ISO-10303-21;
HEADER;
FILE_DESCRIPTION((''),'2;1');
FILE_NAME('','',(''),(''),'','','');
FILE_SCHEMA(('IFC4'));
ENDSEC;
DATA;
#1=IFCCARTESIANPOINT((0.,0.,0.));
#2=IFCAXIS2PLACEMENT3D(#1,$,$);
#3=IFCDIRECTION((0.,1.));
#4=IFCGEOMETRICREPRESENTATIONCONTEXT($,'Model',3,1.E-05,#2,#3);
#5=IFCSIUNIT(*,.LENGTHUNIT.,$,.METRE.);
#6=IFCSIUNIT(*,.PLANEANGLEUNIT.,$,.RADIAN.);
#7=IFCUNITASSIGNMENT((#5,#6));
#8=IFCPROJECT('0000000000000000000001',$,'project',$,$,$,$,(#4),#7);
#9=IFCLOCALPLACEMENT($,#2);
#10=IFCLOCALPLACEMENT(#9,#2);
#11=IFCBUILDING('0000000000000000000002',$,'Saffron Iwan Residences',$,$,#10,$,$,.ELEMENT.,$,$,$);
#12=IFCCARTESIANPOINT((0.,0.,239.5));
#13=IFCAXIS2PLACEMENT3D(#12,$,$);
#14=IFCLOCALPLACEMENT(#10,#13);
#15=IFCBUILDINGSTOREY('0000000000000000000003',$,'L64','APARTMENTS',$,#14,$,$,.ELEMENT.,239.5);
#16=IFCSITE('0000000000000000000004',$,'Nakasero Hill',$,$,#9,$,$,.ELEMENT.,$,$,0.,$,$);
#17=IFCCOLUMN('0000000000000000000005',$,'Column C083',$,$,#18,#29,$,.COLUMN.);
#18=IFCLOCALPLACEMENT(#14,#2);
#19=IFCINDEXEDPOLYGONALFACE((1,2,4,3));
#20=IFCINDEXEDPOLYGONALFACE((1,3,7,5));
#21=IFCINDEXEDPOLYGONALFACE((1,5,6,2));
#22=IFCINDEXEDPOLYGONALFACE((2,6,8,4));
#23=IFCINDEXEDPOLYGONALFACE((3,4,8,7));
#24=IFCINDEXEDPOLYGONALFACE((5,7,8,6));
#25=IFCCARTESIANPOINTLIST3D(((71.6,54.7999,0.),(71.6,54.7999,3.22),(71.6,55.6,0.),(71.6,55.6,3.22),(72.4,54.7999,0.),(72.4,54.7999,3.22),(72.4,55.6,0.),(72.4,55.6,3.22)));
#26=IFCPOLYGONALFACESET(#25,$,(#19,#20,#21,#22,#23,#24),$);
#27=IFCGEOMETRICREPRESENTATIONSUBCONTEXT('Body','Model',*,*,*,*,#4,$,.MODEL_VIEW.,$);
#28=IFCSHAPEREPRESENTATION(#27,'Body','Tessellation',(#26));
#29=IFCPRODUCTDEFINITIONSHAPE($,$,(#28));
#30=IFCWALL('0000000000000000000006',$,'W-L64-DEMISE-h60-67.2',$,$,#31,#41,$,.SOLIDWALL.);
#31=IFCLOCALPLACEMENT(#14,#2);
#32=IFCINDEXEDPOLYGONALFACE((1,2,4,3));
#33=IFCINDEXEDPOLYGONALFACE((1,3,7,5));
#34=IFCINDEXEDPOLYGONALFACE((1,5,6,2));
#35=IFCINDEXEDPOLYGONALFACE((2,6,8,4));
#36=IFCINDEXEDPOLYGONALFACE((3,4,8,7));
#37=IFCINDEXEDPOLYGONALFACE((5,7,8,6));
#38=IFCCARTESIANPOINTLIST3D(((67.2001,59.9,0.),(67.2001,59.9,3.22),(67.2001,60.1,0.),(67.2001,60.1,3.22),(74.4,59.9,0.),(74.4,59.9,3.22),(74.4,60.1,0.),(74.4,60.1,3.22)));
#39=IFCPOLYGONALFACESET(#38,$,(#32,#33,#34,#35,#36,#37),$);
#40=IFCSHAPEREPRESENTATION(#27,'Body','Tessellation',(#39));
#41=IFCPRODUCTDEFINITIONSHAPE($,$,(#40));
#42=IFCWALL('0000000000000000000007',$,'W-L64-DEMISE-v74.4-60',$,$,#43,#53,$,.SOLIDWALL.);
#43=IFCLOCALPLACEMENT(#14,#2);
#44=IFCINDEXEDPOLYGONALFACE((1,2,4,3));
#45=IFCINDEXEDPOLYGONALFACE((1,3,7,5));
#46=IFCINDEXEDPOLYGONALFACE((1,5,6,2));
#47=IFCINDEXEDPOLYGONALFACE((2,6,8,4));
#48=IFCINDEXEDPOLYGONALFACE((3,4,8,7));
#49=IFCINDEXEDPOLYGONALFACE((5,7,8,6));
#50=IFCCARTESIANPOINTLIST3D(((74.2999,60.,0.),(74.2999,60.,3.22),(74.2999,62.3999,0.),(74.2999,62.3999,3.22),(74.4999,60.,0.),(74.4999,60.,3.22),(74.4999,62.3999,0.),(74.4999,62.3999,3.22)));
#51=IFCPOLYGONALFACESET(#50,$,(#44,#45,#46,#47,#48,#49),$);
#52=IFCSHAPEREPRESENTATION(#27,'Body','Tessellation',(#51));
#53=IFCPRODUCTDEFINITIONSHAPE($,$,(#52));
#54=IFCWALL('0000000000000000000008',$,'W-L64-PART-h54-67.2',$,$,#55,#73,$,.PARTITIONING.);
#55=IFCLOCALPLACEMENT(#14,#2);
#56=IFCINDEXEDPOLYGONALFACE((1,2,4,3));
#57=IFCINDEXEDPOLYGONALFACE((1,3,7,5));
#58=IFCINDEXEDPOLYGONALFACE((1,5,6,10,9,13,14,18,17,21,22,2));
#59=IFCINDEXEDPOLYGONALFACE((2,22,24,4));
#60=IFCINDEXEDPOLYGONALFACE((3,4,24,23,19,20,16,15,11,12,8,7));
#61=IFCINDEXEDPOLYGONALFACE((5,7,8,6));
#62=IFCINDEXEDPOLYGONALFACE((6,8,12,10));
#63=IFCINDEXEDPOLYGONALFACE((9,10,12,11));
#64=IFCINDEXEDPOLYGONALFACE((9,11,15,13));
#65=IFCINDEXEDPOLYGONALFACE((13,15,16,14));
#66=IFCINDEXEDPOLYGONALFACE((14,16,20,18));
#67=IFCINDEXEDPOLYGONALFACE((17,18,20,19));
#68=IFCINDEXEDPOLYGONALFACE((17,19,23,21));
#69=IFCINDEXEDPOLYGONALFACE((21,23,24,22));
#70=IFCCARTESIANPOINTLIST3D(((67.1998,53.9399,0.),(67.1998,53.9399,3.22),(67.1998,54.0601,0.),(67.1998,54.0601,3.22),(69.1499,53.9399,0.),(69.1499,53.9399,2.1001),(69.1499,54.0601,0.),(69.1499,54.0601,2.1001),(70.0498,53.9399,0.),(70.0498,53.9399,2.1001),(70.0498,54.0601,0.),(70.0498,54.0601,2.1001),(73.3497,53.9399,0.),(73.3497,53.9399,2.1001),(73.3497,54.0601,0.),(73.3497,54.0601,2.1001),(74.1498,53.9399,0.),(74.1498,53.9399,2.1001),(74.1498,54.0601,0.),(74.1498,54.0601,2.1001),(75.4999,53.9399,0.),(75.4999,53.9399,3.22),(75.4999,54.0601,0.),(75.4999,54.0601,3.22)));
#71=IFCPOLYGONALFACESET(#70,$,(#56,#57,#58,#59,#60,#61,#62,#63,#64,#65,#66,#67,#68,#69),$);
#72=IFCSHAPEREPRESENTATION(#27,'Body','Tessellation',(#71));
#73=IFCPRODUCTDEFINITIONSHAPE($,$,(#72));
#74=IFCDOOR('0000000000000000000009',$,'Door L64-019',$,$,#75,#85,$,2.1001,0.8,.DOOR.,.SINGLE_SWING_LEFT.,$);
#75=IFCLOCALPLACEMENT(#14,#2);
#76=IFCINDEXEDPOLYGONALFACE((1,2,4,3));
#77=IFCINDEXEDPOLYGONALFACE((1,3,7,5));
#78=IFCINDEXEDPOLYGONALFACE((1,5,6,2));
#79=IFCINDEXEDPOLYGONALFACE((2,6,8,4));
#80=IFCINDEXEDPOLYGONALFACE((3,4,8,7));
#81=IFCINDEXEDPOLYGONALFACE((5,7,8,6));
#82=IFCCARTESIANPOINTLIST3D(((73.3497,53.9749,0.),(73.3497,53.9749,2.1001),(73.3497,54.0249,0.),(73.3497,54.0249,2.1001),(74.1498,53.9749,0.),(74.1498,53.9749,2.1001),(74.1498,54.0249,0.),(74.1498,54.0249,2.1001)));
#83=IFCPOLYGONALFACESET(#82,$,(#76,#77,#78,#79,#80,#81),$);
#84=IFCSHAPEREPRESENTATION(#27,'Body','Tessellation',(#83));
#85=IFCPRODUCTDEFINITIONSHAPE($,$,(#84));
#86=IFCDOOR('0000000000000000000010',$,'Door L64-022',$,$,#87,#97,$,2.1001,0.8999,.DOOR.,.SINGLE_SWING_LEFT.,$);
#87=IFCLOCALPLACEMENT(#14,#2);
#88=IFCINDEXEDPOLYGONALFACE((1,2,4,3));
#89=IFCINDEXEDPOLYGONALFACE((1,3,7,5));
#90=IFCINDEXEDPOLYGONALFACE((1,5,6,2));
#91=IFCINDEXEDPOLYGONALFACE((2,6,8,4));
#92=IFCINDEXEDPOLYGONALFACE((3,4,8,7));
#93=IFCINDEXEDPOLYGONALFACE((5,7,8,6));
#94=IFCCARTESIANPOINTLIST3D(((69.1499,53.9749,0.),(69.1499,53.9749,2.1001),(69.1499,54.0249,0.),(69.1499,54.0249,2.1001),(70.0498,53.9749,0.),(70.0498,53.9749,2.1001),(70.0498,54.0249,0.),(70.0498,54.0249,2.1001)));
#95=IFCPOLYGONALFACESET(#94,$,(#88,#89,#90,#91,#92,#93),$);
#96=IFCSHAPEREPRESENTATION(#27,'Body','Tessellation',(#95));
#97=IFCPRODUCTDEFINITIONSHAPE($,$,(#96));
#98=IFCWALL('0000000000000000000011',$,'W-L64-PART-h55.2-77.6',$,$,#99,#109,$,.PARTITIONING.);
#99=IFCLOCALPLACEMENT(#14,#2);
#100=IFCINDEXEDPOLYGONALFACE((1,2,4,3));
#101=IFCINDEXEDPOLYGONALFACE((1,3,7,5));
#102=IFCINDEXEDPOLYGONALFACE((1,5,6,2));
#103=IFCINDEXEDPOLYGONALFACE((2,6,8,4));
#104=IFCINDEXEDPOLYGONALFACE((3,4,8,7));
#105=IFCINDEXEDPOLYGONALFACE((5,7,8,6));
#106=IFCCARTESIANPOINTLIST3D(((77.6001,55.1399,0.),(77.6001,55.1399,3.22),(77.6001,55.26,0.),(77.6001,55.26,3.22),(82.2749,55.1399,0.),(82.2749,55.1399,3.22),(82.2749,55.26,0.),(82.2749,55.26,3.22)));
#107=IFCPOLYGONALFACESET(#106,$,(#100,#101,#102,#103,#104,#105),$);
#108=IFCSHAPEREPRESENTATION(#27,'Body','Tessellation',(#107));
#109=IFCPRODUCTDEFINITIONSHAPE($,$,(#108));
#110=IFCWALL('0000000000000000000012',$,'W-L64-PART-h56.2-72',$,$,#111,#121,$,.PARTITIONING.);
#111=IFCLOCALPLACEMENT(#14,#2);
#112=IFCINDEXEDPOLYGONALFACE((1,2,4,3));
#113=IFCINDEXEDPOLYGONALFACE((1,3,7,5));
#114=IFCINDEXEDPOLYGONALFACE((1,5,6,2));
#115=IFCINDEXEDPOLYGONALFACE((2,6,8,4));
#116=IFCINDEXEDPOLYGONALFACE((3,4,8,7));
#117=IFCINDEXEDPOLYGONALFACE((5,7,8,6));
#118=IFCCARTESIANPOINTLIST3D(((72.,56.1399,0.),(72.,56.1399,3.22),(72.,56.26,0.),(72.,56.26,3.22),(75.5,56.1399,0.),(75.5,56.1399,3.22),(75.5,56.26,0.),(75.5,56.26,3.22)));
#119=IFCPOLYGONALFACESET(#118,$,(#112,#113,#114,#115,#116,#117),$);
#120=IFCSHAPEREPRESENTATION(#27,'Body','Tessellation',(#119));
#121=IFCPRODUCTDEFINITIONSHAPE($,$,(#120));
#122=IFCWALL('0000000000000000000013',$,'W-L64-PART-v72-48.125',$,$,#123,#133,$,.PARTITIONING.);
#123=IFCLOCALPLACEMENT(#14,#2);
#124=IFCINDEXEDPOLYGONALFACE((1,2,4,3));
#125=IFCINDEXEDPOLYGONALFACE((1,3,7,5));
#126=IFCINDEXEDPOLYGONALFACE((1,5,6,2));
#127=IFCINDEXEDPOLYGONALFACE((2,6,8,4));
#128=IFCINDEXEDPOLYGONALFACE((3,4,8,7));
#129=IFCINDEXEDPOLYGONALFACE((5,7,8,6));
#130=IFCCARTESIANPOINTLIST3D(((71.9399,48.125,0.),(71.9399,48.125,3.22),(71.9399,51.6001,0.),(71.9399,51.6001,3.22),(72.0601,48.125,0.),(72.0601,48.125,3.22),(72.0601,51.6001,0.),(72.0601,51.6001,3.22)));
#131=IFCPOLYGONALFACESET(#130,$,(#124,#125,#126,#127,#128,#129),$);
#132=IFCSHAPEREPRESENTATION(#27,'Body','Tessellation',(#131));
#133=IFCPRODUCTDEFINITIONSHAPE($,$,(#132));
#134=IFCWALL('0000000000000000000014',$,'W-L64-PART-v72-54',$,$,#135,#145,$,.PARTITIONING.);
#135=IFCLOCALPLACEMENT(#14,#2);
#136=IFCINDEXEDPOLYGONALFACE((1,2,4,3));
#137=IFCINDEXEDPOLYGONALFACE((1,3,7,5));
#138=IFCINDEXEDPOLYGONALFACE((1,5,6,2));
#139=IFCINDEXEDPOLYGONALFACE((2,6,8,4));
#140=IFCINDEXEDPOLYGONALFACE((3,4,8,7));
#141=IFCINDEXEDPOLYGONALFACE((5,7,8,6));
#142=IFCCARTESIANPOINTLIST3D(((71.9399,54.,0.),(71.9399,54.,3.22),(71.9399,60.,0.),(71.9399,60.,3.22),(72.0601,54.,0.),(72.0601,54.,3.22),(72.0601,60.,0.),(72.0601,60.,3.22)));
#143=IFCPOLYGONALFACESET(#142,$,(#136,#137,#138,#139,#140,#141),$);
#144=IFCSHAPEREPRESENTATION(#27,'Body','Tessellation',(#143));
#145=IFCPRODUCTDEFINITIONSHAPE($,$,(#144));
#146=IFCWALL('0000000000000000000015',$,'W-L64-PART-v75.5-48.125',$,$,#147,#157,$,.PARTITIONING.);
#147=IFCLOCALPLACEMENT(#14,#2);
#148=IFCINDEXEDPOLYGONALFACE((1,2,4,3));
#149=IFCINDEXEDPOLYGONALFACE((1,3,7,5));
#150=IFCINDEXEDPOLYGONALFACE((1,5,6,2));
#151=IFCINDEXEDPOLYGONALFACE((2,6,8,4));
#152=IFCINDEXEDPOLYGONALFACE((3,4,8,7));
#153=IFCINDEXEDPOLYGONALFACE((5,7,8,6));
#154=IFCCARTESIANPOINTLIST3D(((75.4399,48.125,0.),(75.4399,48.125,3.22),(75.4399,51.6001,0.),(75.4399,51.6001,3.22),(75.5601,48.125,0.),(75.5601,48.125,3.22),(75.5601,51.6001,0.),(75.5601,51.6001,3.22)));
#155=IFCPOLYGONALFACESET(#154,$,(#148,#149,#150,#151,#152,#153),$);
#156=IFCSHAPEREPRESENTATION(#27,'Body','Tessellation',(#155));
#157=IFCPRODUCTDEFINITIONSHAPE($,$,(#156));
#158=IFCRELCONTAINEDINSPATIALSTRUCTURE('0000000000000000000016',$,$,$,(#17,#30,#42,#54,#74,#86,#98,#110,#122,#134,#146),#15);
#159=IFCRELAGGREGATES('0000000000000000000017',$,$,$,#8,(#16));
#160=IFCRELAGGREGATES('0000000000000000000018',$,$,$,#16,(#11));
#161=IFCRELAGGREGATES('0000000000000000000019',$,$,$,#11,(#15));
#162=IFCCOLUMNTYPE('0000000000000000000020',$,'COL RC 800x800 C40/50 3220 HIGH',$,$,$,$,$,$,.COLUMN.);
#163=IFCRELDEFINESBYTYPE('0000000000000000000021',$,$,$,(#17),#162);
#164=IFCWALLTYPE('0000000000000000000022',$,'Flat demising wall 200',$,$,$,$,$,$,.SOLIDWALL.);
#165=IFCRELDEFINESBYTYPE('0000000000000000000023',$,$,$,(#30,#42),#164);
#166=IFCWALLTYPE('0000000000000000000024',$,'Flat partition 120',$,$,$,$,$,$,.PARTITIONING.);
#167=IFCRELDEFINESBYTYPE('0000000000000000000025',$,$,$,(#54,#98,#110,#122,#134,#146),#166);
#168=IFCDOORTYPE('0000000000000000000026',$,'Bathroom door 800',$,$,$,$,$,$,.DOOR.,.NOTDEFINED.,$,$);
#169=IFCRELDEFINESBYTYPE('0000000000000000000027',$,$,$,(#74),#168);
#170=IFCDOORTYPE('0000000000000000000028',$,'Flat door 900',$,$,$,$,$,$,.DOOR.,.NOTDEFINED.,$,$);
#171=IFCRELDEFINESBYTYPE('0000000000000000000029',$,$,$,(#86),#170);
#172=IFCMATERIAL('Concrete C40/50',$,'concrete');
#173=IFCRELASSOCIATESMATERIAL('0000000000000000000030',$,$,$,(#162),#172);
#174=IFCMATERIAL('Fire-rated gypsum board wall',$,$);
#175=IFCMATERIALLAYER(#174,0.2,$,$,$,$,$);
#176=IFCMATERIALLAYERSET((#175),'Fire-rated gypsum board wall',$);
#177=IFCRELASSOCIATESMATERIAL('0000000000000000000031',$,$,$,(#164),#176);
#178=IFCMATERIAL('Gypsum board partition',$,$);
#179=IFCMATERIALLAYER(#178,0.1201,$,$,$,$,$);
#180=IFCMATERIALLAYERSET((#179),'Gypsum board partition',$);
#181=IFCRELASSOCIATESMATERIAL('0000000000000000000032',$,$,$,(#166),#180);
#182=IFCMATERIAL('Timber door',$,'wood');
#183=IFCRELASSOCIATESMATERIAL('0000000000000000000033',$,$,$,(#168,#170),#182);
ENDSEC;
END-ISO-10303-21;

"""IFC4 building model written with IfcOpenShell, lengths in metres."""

from ifc_helpers import new_model, si_unit, direction, frame, frame_2d, origin, origin_2d, place, context, subcontext, project, spatial, rectangle, extrude, source, transform, mapped, material, layer, layer_set, material_profile, profile_set, type_object, element, fill, save


model = new_model("IFC4")

# Units and contexts
model_context = context("Model", 3, precision=1e-05, world=origin(), true_north=direction((0.0, 1.0)))
body_context = subcontext(model_context, "Body", "Model", "MODEL_VIEW")
ifc_project = project(units=[si_unit("LENGTHUNIT", "METRE"), si_unit("PLANEANGLEUNIT", "RADIAN")], contexts=[model_context])

# Site, building, storey
site_placement = place(None, origin())
site = spatial("IfcSite", under=ifc_project, at=site_placement, Name="Nakasero Hill", CompositionType="ELEMENT", RefElevation=0.0)
building_placement = place(site_placement, origin())
building = spatial("IfcBuilding", under=site, at=building_placement, Name="Saffron Iwan Residences", CompositionType="ELEMENT")
storey_placement = place(building_placement, frame((0.0, 0.0, 239.5)))
storey = spatial("IfcBuildingStorey", under=building, at=storey_placement, Name="L64", Description="APARTMENTS", CompositionType="ELEMENT", Elevation=239.5)

# Column
ifc_material_1 = material(Name="Concrete C40/50", Category="concrete")
ifc_material_profile = material_profile(ifc_material_1, rectangle(XDim=0.8, YDim=0.8, at=origin_2d()), Name="RC 800x800")
ifc_profile_set = profile_set([ifc_material_profile], Name="Concrete C40/50")
column_type = type_object("IfcColumnType", Name="COL RC 800x800 C40/50 3220 HIGH", PredefinedType="COLUMN", material=ifc_profile_set)
shared_shape = source(origin(), body_context, "Body", "SweptSolid", [
    extrude(rectangle(XDim=0.8, YDim=0.8, at=origin_2d()), origin(), (0.0, 0.0, 1.0), 3.22),
])
column_placement = place(storey_placement, frame((72.0, 55.2, 0.0), z_axis=(0.0, 0.0, 1.0), x_axis=(1.0, 0.0, 0.0)))
element("IfcColumn", 1, at=column_placement, inside=storey, type_object=column_type, Name="Column C083", PredefinedType="COLUMN", context=body_context, shape_type="MappedRepresentation", body=[
    mapped(shared_shape, transform((0.0, 0.0, 0.0))),
])

# Walls
ifc_material_2 = material(Name="Fire-rated gypsum board wall")
ifc_layer_1 = layer(ifc_material_2, 0.2)
ifc_layer_set_1 = layer_set([ifc_layer_1], Name="Fire-rated gypsum board wall")
wall_type_1 = type_object("IfcWallType", Name="Flat demising wall 200", PredefinedType="SOLIDWALL", material=ifc_layer_set_1)
wall_1_placement = place(storey_placement, frame((67.2, 60.0, 0.0), z_axis=(0.0, 0.0, 1.0), x_axis=(1.0, 0.0, 0.0)))
element("IfcWall", 2, at=wall_1_placement, inside=storey, type_object=wall_type_1, Name="W-L64-DEMISE-h60-67.2", PredefinedType="SOLIDWALL", context=body_context, shape_type="SweptSolid", body=[
    extrude(rectangle(XDim=7.2, YDim=0.2, at=frame_2d((3.6001, 0.0))), origin(), (0.0, 0.0, 1.0), 3.22),
])
wall_2_placement = place(storey_placement, frame((74.3999, 60.0, 0.0), z_axis=(0.0, 0.0, 1.0), x_axis=(0.0, 1.0, 0.0)))
element("IfcWall", 3, at=wall_2_placement, inside=storey, type_object=wall_type_1, Name="W-L64-DEMISE-v74.4-60", PredefinedType="SOLIDWALL", context=body_context, shape_type="SweptSolid", body=[
    extrude(rectangle(XDim=2.3999, YDim=0.2, at=frame_2d((1.2, 0.0))), origin(), (0.0, 0.0, 1.0), 3.22),
])

# Wall, openings, doors
ifc_material_3 = material(Name="Gypsum board partition")
ifc_layer_2 = layer(ifc_material_3, 0.1201)
ifc_layer_set_2 = layer_set([ifc_layer_2], Name="Gypsum board partition")
wall_type_2 = type_object("IfcWallType", Name="Flat partition 120", PredefinedType="PARTITIONING", material=ifc_layer_set_2)
wall_3_placement = place(storey_placement, frame((67.2, 54.0, 0.0), z_axis=(0.0, 0.0, 1.0), x_axis=(1.0, 0.0, 0.0)))
wall_3 = element("IfcWall", 4, at=wall_3_placement, inside=storey, type_object=wall_type_2, Name="W-L64-PART-h54-67.2", PredefinedType="PARTITIONING", context=body_context, shape_type="SweptSolid", body=[
    extrude(rectangle(XDim=8.3, YDim=0.1201, at=frame_2d((4.1499, 0.0))), origin(), (0.0, 0.0, 1.0), 3.22),
])
opening_1_placement = place(wall_3_placement, frame((6.1499, 0.0, 0.0)))
opening_1 = element("IfcOpeningElement", 5, at=opening_1_placement, cuts=wall_3, PredefinedType="OPENING", context=body_context, shape_type="SweptSolid", body=[
    extrude(rectangle(XDim=0.8, YDim=2.1001, at=frame_2d((0.3999, 1.05))), frame((0.0, 0.0701, 0.0), z_axis=(0.0, -1.0, 0.0), x_axis=(1.0, 0.0, 0.0)), (0.0, 0.0, 1.0), 0.1401),
])
opening_2_placement = place(wall_3_placement, frame((1.95, 0.0, 0.0)))
opening_2 = element("IfcOpeningElement", 6, at=opening_2_placement, cuts=wall_3, PredefinedType="OPENING", context=body_context, shape_type="SweptSolid", body=[
    extrude(rectangle(XDim=0.8999, YDim=2.1001, at=frame_2d((0.45, 1.05))), frame((0.0, 0.0701, 0.0), z_axis=(0.0, -1.0, 0.0), x_axis=(1.0, 0.0, 0.0)), (0.0, 0.0, 1.0), 0.1401),
])
ifc_material_4 = material(Name="Timber door", Category="wood")
door_type_1 = type_object("IfcDoorType", Name="Bathroom door 800", OperationType="NOTDEFINED", PredefinedType="DOOR", material=ifc_material_4)
door_1_placement = place(opening_1_placement, origin())
door_1 = element("IfcDoor", 7, at=door_1_placement, inside=storey, type_object=door_type_1, Name="Door L64-019", OperationType="SINGLE_SWING_LEFT", OverallHeight=2.1001, OverallWidth=0.8, PredefinedType="DOOR", context=body_context, shape_type="SweptSolid", body=[
    extrude(rectangle(XDim=0.8, YDim=2.1001, at=frame_2d((0.3999, 1.05))), frame((0.0, 0.0249, 0.0), z_axis=(0.0, -1.0, 0.0), x_axis=(1.0, 0.0, 0.0)), (0.0, 0.0, 1.0), 0.05),
])
fill(opening_1, door_1)
door_type_2 = type_object("IfcDoorType", Name="Flat door 900", OperationType="NOTDEFINED", PredefinedType="DOOR", material=ifc_material_4)
door_2_placement = place(opening_2_placement, origin())
door_2 = element("IfcDoor", 8, at=door_2_placement, inside=storey, type_object=door_type_2, Name="Door L64-022", OperationType="SINGLE_SWING_LEFT", OverallHeight=2.1001, OverallWidth=0.8999, PredefinedType="DOOR", context=body_context, shape_type="SweptSolid", body=[
    extrude(rectangle(XDim=0.8999, YDim=2.1001, at=frame_2d((0.45, 1.05))), frame((0.0, 0.0249, 0.0), z_axis=(0.0, -1.0, 0.0), x_axis=(1.0, 0.0, 0.0)), (0.0, 0.0, 1.0), 0.05),
])
fill(opening_2, door_2)

# Walls
wall_4_placement = place(storey_placement, frame((77.6001, 55.2, 0.0), z_axis=(0.0, 0.0, 1.0), x_axis=(1.0, 0.0, 0.0)))
element("IfcWall", 9, at=wall_4_placement, inside=storey, type_object=wall_type_2, Name="W-L64-PART-h55.2-77.6", PredefinedType="PARTITIONING", context=body_context, shape_type="SweptSolid", body=[
    extrude(rectangle(XDim=4.6748, YDim=0.1201, at=frame_2d((2.3374, 0.0))), origin(), (0.0, 0.0, 1.0), 3.22),
])
wall_5_placement = place(storey_placement, frame((72.0, 56.2, 0.0), z_axis=(0.0, 0.0, 1.0), x_axis=(1.0, 0.0, 0.0)))
element("IfcWall", 10, at=wall_5_placement, inside=storey, type_object=wall_type_2, Name="W-L64-PART-h56.2-72", PredefinedType="PARTITIONING", context=body_context, shape_type="SweptSolid", body=[
    extrude(rectangle(XDim=3.5, YDim=0.1201, at=frame_2d((1.75, 0.0))), origin(), (0.0, 0.0, 1.0), 3.22),
])
wall_6_placement = place(storey_placement, frame((72.0, 48.125, 0.0), z_axis=(0.0, 0.0, 1.0), x_axis=(0.0, 1.0, 0.0)))
element("IfcWall", 11, at=wall_6_placement, inside=storey, type_object=wall_type_2, Name="W-L64-PART-v72-48.125", PredefinedType="PARTITIONING", context=body_context, shape_type="SweptSolid", body=[
    extrude(rectangle(XDim=3.4751, YDim=0.1201, at=frame_2d((1.7375, 0.0))), origin(), (0.0, 0.0, 1.0), 3.22),
])
wall_7_placement = place(storey_placement, frame((72.0, 54.0, 0.0), z_axis=(0.0, 0.0, 1.0), x_axis=(0.0, 1.0, 0.0)))
element("IfcWall", 12, at=wall_7_placement, inside=storey, type_object=wall_type_2, Name="W-L64-PART-v72-54", PredefinedType="PARTITIONING", context=body_context, shape_type="SweptSolid", body=[
    extrude(rectangle(XDim=6.0, YDim=0.1201, at=frame_2d((3.0, 0.0))), origin(), (0.0, 0.0, 1.0), 3.22),
])
wall_8_placement = place(storey_placement, frame((75.5, 48.125, 0.0), z_axis=(0.0, 0.0, 1.0), x_axis=(0.0, 1.0, 0.0)))
element("IfcWall", 13, at=wall_8_placement, inside=storey, type_object=wall_type_2, Name="W-L64-PART-v75.5-48.125", PredefinedType="PARTITIONING", context=body_context, shape_type="SweptSolid", body=[
    extrude(rectangle(XDim=3.4751, YDim=0.1201, at=frame_2d((1.7375, 0.0))), origin(), (0.0, 0.0, 1.0), 3.22),
])

save(model, "model.ifc")
